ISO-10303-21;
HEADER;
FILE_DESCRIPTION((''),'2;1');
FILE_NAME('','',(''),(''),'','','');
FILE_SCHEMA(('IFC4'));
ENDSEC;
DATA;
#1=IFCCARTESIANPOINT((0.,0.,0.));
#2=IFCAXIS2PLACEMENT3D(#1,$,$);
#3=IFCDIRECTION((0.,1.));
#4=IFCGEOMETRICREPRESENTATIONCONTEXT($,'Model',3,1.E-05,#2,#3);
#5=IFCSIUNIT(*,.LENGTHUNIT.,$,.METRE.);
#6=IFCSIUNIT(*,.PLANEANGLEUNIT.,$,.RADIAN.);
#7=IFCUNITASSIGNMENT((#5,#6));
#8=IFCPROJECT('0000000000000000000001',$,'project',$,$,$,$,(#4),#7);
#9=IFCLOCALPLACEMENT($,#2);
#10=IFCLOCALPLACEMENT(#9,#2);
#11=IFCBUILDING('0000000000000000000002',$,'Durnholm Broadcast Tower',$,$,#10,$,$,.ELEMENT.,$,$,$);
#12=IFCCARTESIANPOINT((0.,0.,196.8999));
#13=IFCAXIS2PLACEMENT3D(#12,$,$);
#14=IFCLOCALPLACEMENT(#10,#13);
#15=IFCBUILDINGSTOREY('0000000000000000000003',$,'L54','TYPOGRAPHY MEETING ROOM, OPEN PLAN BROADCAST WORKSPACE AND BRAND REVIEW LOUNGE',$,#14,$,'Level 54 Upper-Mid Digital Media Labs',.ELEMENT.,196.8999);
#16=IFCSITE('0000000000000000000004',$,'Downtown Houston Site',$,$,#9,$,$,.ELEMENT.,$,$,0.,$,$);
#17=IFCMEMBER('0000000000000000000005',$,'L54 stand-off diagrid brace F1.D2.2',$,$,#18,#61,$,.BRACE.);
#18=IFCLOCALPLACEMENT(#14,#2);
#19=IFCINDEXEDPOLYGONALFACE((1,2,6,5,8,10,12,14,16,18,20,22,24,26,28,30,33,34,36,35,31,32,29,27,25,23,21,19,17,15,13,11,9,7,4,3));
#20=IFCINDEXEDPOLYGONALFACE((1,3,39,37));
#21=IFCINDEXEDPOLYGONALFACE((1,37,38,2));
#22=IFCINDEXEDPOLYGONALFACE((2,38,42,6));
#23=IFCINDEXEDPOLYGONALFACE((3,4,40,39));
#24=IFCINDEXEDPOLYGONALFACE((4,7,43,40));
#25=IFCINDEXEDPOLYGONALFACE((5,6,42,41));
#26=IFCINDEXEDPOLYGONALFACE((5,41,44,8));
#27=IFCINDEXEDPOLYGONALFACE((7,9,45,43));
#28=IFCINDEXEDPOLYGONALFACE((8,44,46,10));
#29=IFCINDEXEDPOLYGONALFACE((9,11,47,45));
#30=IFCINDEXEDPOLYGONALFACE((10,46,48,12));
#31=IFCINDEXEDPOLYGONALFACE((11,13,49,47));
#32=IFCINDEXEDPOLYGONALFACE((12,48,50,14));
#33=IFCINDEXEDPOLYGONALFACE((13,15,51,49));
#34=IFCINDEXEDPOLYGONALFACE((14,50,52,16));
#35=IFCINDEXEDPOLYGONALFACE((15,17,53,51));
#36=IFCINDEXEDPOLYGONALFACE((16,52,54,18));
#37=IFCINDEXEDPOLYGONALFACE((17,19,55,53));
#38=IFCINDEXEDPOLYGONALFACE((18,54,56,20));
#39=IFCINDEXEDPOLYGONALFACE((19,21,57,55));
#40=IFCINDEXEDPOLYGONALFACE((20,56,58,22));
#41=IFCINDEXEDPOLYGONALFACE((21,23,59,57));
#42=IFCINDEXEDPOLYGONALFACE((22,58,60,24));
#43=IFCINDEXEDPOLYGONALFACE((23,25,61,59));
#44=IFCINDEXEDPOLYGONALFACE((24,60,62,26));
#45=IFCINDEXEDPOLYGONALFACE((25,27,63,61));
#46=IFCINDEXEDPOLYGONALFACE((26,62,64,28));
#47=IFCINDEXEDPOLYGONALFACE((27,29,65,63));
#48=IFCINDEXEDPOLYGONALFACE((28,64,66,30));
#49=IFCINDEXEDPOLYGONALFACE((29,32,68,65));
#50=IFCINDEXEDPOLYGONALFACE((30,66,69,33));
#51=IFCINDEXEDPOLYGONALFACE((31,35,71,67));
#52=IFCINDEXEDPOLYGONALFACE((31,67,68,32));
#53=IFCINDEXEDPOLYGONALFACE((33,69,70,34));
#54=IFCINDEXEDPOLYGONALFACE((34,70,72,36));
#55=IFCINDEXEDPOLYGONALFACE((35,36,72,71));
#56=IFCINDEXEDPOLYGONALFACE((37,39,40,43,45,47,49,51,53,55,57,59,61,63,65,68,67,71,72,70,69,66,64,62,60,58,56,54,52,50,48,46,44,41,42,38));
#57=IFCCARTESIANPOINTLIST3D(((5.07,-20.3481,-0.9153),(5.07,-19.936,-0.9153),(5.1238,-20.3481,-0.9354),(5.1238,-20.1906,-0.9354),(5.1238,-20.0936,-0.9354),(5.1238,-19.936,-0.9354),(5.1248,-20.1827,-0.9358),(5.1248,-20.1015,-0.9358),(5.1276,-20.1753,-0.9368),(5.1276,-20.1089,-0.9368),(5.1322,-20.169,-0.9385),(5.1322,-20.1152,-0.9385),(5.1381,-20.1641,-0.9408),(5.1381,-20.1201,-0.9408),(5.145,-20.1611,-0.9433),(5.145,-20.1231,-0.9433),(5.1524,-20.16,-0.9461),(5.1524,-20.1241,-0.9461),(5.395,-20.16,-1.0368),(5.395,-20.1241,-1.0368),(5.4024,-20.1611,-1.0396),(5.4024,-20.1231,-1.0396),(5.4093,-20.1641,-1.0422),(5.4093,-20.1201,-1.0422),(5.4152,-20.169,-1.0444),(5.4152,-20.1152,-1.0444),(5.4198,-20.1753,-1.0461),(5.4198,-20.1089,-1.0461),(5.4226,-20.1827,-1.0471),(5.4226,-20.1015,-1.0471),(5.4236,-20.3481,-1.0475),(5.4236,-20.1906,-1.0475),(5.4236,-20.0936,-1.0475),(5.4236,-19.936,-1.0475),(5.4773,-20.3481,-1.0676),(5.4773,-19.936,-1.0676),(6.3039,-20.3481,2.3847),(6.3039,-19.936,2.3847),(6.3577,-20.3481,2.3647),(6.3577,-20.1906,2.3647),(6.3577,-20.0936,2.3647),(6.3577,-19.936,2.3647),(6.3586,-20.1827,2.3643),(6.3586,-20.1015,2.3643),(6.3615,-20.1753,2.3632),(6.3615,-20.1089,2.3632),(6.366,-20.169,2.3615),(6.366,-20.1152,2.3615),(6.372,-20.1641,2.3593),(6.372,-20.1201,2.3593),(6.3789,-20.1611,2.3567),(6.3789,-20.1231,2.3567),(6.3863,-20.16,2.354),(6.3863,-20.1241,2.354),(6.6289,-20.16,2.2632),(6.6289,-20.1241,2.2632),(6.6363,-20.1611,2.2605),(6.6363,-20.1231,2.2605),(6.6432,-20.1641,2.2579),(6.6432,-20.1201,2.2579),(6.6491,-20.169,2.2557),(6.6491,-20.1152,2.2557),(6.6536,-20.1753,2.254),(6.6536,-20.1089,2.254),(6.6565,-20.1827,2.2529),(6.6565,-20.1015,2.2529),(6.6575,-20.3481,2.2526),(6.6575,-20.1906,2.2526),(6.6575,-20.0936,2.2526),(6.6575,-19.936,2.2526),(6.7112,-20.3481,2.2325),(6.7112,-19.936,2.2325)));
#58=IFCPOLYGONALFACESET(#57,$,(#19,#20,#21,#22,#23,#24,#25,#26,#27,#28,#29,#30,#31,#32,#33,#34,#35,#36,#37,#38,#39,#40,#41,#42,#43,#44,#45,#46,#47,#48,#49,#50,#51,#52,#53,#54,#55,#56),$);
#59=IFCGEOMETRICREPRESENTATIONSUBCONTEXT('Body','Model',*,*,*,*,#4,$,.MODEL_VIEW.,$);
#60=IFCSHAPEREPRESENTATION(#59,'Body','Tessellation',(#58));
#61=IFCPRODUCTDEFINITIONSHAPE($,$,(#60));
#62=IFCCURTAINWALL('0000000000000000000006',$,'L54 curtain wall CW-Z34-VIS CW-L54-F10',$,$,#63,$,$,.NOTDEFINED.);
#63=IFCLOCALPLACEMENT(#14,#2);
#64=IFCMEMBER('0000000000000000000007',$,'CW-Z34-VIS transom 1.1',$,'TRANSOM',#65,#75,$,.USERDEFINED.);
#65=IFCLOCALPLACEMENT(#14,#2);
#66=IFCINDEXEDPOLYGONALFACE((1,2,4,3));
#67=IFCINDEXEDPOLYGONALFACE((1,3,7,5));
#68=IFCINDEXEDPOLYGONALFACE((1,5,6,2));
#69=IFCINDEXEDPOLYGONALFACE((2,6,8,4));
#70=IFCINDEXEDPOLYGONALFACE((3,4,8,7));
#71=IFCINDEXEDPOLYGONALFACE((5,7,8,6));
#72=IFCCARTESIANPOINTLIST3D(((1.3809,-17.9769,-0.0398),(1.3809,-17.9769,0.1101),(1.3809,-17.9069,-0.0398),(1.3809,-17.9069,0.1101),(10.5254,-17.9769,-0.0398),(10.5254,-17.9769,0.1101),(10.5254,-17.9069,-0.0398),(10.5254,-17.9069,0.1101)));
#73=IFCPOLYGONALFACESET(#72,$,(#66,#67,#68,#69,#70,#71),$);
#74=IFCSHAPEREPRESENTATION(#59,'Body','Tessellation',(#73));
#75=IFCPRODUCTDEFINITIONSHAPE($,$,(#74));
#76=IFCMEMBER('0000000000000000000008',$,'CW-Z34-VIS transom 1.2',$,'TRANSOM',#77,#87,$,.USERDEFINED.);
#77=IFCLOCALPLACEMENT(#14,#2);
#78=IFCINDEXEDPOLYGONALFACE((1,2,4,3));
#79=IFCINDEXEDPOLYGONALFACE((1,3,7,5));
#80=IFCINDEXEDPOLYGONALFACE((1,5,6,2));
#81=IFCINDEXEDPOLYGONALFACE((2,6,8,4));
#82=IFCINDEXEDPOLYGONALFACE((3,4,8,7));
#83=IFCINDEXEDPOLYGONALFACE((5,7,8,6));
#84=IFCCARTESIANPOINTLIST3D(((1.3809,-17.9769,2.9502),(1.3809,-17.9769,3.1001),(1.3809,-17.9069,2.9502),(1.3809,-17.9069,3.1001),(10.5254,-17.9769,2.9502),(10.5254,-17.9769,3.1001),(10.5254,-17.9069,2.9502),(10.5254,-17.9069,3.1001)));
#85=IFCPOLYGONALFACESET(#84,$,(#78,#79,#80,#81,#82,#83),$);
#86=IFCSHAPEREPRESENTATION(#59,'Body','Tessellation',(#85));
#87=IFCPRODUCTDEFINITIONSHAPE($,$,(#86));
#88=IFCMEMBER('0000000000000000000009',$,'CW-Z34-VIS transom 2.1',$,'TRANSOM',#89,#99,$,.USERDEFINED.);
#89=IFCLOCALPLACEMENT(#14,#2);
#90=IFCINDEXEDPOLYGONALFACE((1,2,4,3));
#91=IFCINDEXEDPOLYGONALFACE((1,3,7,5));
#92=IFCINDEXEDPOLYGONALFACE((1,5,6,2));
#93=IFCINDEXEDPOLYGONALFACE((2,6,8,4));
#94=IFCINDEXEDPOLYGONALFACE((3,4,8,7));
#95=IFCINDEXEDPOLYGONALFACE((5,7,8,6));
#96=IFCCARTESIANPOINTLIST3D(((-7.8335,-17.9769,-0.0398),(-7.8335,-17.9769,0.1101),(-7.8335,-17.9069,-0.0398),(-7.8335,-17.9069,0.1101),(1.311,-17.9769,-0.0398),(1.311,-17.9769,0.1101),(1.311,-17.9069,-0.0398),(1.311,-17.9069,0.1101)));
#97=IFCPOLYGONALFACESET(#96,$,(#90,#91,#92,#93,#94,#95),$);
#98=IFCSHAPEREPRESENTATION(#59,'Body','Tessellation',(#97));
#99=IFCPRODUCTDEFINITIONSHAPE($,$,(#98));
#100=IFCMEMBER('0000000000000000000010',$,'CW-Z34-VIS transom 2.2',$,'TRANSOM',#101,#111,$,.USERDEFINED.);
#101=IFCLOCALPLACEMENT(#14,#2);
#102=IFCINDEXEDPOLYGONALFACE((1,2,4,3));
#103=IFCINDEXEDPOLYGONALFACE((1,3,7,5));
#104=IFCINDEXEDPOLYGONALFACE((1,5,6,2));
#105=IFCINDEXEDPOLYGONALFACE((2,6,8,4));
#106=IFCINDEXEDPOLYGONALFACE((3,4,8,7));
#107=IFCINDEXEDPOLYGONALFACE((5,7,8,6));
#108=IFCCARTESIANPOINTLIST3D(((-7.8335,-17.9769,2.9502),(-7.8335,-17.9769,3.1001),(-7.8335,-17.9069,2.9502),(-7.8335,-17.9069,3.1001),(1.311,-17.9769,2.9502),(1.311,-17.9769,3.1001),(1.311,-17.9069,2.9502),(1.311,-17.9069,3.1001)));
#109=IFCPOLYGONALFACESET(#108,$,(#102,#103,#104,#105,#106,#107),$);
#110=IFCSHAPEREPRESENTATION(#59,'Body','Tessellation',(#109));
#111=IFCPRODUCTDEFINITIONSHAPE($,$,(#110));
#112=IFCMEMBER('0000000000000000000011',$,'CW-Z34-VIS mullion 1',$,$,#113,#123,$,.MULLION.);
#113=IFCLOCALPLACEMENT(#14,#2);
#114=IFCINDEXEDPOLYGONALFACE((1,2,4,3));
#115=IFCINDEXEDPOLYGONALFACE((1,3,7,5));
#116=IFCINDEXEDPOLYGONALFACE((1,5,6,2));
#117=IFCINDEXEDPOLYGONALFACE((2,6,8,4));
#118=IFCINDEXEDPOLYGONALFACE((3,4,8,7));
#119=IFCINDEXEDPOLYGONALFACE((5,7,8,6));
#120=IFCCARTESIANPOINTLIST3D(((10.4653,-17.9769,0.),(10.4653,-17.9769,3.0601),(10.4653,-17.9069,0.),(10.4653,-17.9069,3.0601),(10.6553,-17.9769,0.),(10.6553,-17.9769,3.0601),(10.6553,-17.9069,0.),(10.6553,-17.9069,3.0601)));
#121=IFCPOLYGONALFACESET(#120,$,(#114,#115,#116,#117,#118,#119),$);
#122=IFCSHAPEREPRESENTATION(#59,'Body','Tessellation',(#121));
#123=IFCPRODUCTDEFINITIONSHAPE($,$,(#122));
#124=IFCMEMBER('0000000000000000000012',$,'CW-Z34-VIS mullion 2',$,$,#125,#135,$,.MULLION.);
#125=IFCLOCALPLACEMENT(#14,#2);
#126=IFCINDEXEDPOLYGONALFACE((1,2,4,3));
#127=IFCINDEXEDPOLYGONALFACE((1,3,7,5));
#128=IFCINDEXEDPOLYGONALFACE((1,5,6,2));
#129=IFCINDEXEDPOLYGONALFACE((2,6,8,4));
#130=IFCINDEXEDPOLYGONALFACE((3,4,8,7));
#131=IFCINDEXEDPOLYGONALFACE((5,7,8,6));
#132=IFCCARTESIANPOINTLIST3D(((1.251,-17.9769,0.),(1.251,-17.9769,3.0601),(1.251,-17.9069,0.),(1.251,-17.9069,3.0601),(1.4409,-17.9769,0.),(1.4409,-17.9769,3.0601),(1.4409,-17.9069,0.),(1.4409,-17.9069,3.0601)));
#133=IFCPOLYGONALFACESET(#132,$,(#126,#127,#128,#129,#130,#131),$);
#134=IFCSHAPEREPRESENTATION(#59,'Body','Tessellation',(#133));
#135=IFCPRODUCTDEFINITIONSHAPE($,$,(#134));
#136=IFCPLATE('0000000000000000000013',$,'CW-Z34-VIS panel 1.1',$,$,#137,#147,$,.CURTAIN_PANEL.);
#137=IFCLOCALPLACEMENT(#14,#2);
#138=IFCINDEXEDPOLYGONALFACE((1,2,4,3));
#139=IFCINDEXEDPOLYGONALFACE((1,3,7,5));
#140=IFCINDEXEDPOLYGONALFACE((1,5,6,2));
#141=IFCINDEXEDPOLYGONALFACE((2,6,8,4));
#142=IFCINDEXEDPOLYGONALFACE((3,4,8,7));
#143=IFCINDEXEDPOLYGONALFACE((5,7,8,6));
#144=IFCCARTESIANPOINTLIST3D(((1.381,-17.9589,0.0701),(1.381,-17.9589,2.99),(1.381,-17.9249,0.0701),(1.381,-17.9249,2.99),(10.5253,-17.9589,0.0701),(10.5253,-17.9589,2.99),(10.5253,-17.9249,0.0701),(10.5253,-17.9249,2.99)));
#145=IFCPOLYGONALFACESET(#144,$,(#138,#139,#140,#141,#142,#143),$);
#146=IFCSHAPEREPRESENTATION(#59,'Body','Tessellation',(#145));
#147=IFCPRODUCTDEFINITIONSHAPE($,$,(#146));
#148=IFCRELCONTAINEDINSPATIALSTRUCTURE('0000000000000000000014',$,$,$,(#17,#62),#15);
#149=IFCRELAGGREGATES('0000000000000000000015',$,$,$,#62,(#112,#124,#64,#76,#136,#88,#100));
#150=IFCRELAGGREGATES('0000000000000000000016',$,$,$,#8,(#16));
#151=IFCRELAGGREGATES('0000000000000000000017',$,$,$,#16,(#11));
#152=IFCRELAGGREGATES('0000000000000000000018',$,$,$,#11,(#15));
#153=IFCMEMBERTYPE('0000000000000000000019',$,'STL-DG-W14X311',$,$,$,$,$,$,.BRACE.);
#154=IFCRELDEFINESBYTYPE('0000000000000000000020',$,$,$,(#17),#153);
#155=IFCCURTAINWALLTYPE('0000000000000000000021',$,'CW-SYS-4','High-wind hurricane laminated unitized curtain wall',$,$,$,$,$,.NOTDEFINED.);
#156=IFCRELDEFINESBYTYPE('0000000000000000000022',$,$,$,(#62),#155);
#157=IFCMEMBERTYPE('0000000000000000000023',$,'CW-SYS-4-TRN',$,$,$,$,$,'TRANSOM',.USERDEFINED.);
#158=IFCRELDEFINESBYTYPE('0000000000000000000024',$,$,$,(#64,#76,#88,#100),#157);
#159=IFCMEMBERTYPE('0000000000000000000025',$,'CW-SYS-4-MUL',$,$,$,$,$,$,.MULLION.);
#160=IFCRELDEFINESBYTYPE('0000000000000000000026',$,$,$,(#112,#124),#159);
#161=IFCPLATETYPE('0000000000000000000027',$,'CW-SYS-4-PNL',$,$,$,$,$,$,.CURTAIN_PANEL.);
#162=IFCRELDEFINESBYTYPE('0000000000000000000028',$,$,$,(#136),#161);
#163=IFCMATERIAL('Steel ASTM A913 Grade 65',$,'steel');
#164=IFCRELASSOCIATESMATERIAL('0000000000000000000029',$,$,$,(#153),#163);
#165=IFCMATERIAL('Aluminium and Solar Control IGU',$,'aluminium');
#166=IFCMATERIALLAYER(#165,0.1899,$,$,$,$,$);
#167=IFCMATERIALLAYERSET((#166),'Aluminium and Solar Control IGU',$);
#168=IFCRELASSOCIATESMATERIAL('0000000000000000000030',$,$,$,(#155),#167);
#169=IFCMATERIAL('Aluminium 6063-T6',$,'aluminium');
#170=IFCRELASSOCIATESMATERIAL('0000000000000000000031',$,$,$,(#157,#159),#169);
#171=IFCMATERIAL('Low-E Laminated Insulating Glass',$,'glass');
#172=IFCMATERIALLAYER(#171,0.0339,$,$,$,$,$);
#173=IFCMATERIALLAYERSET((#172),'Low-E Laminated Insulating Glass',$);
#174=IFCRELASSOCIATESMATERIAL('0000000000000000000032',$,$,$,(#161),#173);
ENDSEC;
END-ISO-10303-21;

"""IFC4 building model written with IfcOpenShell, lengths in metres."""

from ifc_helpers import new_model, si_unit, direction, frame, origin, origin_2d, place, context, subcontext, project, spatial, rectangle, i_section, extrude, source, transform, mapped, material, layer, layer_set, material_profile, profile_set, type_object, type_shapes, element, aggregate, save


model = new_model("IFC4")

# Units and contexts
model_context = context("Model", 3, precision=1e-05, world=origin(), true_north=direction((0.0, 1.0)))
body_context = subcontext(model_context, "Body", "Model", "MODEL_VIEW")
ifc_project = project(units=[si_unit("LENGTHUNIT", "METRE"), si_unit("PLANEANGLEUNIT", "RADIAN")], contexts=[model_context])

# Site, building, storey
site_placement = place(None, origin())
site = spatial("IfcSite", under=ifc_project, at=site_placement, Name="Downtown Houston Site", CompositionType="ELEMENT", RefElevation=0.0)
building_placement = place(site_placement, origin())
building = spatial("IfcBuilding", under=site, at=building_placement, Name="Durnholm Broadcast Tower", CompositionType="ELEMENT")
storey_placement = place(building_placement, frame((0.0, 0.0, 196.8999)))
storey = spatial("IfcBuildingStorey", under=building, at=storey_placement, Name="L54", Description="TYPOGRAPHY MEETING ROOM, OPEN PLAN BROADCAST WORKSPACE AND BRAND REVIEW LOUNGE", LongName="Level 54 Upper-Mid Digital Media Labs", CompositionType="ELEMENT", Elevation=196.8999)

# Member
ifc_material_1 = material(Name="Steel ASTM A913 Grade 65", Category="steel")
ifc_material_profile_1 = material_profile(ifc_material_1, i_section(OverallWidth=0.4121, OverallDepth=0.4348, WebThickness=0.0359, FlangeThickness=0.0574, FilletRadius=0.0305, at=origin_2d()), Name="W14X311")
ifc_profile_set_1 = profile_set([ifc_material_profile_1], Name="Steel ASTM A913 Grade 65")
member_type_1 = type_object("IfcMemberType", Name="STL-DG-W14X311", PredefinedType="BRACE", material=ifc_profile_set_1)
shared_shape_1 = source(origin(), body_context, "Body", "SweptSolid", [
    extrude(i_section(OverallWidth=0.4121, OverallDepth=0.4348, WebThickness=0.0359, FlangeThickness=0.0574, FilletRadius=0.0305, at=origin_2d()), origin(), (0.0, 0.0, 1.0), 3.5232),
])
type_shapes(member_type_1, [shared_shape_1])
for number, where, z_axis, x_axis, name in (
    (1, (5.2737, -20.1421, -0.9915), (0.35022, 0.0, 0.936668), (0.0, 1.0, 0.0), "L54 stand-off diagrid brace F1.D2.2"),
):
    element("IfcMember", number, at=place(storey_placement, frame(where, z_axis=z_axis, x_axis=x_axis)), inside=storey, type_object=member_type_1, Name=name, PredefinedType="BRACE", context=body_context, shape_type="MappedRepresentation", body=[
        mapped(shared_shape_1, transform((0.0, 0.0, 0.0), x_axis=(1.0, 0.0, 0.0), y_axis=(0.0, 1.0, 0.0), z_axis=(0.0, 0.0, 1.0), scale=1.0)),
    ])

# Curtain wall, members, plate
ifc_material_2 = material(Name="Aluminium and Solar Control IGU", Category="aluminium")
ifc_layer_1 = layer(ifc_material_2, 0.1899)
ifc_layer_set_1 = layer_set([ifc_layer_1], Name="Aluminium and Solar Control IGU")
curtain_wall_type = type_object("IfcCurtainWallType", Name="CW-SYS-4", Description="High-wind hurricane laminated unitized curtain wall", PredefinedType="NOTDEFINED", material=ifc_layer_set_1)
curtain_wall_placement = place(storey_placement, origin())
curtain_wall = element("IfcCurtainWall", 2, at=curtain_wall_placement, inside=storey, type_object=curtain_wall_type, Name="L54 curtain wall CW-Z34-VIS CW-L54-F10", PredefinedType="NOTDEFINED")
ifc_material_3 = material(Name="Aluminium 6063-T6", Category="aluminium")
ifc_material_profile_2 = material_profile(ifc_material_3, rectangle(XDim=0.0701, YDim=0.1499, at=origin_2d()), Name="CWT70X150")
ifc_profile_set_2 = profile_set([ifc_material_profile_2], Name="Aluminium 6063-T6")
member_type_2 = type_object("IfcMemberType", Name="CW-SYS-4-TRN", ElementType="TRANSOM", PredefinedType="USERDEFINED", material=ifc_profile_set_2)
shared_shape_2 = source(origin(), body_context, "Body", "SweptSolid", [
    extrude(rectangle(XDim=0.0701, YDim=0.1499, at=origin_2d()), origin(), (0.0, 0.0, 1.0), 9.1445),
])
type_shapes(member_type_2, [shared_shape_2])
member_1_placement = place(storey_placement, frame((10.5254, -17.9419, 0.0352), z_axis=(-1.0, 0.0, 0.0), x_axis=(0.0, -1.0, 0.0)))
member_1 = element("IfcMember", 3, at=member_1_placement, type_object=member_type_2, Name="CW-Z34-VIS transom 1.1", ObjectType="TRANSOM", PredefinedType="USERDEFINED", context=body_context, shape_type="MappedRepresentation", body=[
    mapped(shared_shape_2, transform((0.0, 0.0, 0.0), x_axis=(1.0, 0.0, 0.0), y_axis=(0.0, 1.0, 0.0), z_axis=(0.0, 0.0, 1.0), scale=1.0)),
])
member_2_placement = place(storey_placement, frame((10.5254, -17.9419, 3.0251), z_axis=(-1.0, 0.0, 0.0), x_axis=(0.0, -1.0, 0.0)))
member_2 = element("IfcMember", 4, at=member_2_placement, type_object=member_type_2, Name="CW-Z34-VIS transom 1.2", ObjectType="TRANSOM", PredefinedType="USERDEFINED", context=body_context, shape_type="MappedRepresentation", body=[
    mapped(shared_shape_2, transform((0.0, 0.0, 0.0), x_axis=(1.0, 0.0, 0.0), y_axis=(0.0, 1.0, 0.0), z_axis=(0.0, 0.0, 1.0), scale=1.0)),
])
member_3_placement = place(storey_placement, frame((1.311, -17.9419, 0.0352), z_axis=(-1.0, 0.0, 0.0), x_axis=(0.0, -1.0, 0.0)))
member_3 = element("IfcMember", 5, at=member_3_placement, type_object=member_type_2, Name="CW-Z34-VIS transom 2.1", ObjectType="TRANSOM", PredefinedType="USERDEFINED", context=body_context, shape_type="MappedRepresentation", body=[
    mapped(shared_shape_2, transform((0.0, 0.0, 0.0), x_axis=(1.0, 0.0, 0.0), y_axis=(0.0, 1.0, 0.0), z_axis=(0.0, 0.0, 1.0), scale=1.0)),
])
member_4_placement = place(storey_placement, frame((1.311, -17.9419, 3.0251), z_axis=(-1.0, 0.0, 0.0), x_axis=(0.0, -1.0, 0.0)))
member_4 = element("IfcMember", 6, at=member_4_placement, type_object=member_type_2, Name="CW-Z34-VIS transom 2.2", ObjectType="TRANSOM", PredefinedType="USERDEFINED", context=body_context, shape_type="MappedRepresentation", body=[
    mapped(shared_shape_2, transform((0.0, 0.0, 0.0), x_axis=(1.0, 0.0, 0.0), y_axis=(0.0, 1.0, 0.0), z_axis=(0.0, 0.0, 1.0), scale=1.0)),
])
ifc_material_profile_3 = material_profile(ifc_material_3, rectangle(XDim=0.0701, YDim=0.1899, at=origin_2d()), Name="CWM70X190")
ifc_profile_set_3 = profile_set([ifc_material_profile_3], Name="Aluminium 6063-T6")
member_type_3 = type_object("IfcMemberType", Name="CW-SYS-4-MUL", PredefinedType="MULLION", material=ifc_profile_set_3)
shared_shape_3 = source(origin(), body_context, "Body", "SweptSolid", [
    extrude(rectangle(XDim=0.0701, YDim=0.1899, at=origin_2d()), origin(), (0.0, 0.0, 1.0), 3.0601),
])
type_shapes(member_type_3, [shared_shape_3])
member_5_placement = place(storey_placement, frame((10.5603, -17.9419, 0.0), z_axis=(0.0, 0.0, 1.0), x_axis=(0.0, -1.0, 0.0)))
member_5 = element("IfcMember", 7, at=member_5_placement, type_object=member_type_3, Name="CW-Z34-VIS mullion 1", PredefinedType="MULLION", context=body_context, shape_type="MappedRepresentation", body=[
    mapped(shared_shape_3, transform((0.0, 0.0, 0.0), x_axis=(1.0, 0.0, 0.0), y_axis=(0.0, 1.0, 0.0), z_axis=(0.0, 0.0, 1.0), scale=1.0)),
])
member_6_placement = place(storey_placement, frame((1.3459, -17.9419, 0.0), z_axis=(0.0, 0.0, 1.0), x_axis=(0.0, -1.0, 0.0)))
member_6 = element("IfcMember", 8, at=member_6_placement, type_object=member_type_3, Name="CW-Z34-VIS mullion 2", PredefinedType="MULLION", context=body_context, shape_type="MappedRepresentation", body=[
    mapped(shared_shape_3, transform((0.0, 0.0, 0.0), x_axis=(1.0, 0.0, 0.0), y_axis=(0.0, 1.0, 0.0), z_axis=(0.0, 0.0, 1.0), scale=1.0)),
])
ifc_material_4 = material(Name="Low-E Laminated Insulating Glass", Category="glass")
ifc_layer_2 = layer(ifc_material_4, 0.0339)
ifc_layer_set_2 = layer_set([ifc_layer_2], Name="Low-E Laminated Insulating Glass")
plate_type = type_object("IfcPlateType", Name="CW-SYS-4-PNL", PredefinedType="CURTAIN_PANEL", material=ifc_layer_set_2)
shared_shape_4 = source(origin(), body_context, "Body", "SweptSolid", [
    extrude(rectangle(XDim=9.1443, YDim=0.0339, at=origin_2d()), origin(), (0.0, 0.0, 1.0), 2.9199),
])
type_shapes(plate_type, [shared_shape_4])
plate_placement = place(storey_placement, frame((5.9531, -17.9419, 0.0701), z_axis=(0.0, 0.0, 1.0), x_axis=(-1.0, 0.0, 0.0)))
plate = element("IfcPlate", 9, at=plate_placement, type_object=plate_type, Name="CW-Z34-VIS panel 1.1", PredefinedType="CURTAIN_PANEL", context=body_context, shape_type="MappedRepresentation", body=[
    mapped(shared_shape_4, transform((0.0, 0.0, 0.0), x_axis=(1.0, 0.0, 0.0), y_axis=(0.0, 1.0, 0.0), z_axis=(0.0, 0.0, 1.0), scale=1.0)),
])
aggregate(curtain_wall, [member_5, member_6, member_1, member_2, plate, member_3, member_4])

save(model, "model.ifc")
